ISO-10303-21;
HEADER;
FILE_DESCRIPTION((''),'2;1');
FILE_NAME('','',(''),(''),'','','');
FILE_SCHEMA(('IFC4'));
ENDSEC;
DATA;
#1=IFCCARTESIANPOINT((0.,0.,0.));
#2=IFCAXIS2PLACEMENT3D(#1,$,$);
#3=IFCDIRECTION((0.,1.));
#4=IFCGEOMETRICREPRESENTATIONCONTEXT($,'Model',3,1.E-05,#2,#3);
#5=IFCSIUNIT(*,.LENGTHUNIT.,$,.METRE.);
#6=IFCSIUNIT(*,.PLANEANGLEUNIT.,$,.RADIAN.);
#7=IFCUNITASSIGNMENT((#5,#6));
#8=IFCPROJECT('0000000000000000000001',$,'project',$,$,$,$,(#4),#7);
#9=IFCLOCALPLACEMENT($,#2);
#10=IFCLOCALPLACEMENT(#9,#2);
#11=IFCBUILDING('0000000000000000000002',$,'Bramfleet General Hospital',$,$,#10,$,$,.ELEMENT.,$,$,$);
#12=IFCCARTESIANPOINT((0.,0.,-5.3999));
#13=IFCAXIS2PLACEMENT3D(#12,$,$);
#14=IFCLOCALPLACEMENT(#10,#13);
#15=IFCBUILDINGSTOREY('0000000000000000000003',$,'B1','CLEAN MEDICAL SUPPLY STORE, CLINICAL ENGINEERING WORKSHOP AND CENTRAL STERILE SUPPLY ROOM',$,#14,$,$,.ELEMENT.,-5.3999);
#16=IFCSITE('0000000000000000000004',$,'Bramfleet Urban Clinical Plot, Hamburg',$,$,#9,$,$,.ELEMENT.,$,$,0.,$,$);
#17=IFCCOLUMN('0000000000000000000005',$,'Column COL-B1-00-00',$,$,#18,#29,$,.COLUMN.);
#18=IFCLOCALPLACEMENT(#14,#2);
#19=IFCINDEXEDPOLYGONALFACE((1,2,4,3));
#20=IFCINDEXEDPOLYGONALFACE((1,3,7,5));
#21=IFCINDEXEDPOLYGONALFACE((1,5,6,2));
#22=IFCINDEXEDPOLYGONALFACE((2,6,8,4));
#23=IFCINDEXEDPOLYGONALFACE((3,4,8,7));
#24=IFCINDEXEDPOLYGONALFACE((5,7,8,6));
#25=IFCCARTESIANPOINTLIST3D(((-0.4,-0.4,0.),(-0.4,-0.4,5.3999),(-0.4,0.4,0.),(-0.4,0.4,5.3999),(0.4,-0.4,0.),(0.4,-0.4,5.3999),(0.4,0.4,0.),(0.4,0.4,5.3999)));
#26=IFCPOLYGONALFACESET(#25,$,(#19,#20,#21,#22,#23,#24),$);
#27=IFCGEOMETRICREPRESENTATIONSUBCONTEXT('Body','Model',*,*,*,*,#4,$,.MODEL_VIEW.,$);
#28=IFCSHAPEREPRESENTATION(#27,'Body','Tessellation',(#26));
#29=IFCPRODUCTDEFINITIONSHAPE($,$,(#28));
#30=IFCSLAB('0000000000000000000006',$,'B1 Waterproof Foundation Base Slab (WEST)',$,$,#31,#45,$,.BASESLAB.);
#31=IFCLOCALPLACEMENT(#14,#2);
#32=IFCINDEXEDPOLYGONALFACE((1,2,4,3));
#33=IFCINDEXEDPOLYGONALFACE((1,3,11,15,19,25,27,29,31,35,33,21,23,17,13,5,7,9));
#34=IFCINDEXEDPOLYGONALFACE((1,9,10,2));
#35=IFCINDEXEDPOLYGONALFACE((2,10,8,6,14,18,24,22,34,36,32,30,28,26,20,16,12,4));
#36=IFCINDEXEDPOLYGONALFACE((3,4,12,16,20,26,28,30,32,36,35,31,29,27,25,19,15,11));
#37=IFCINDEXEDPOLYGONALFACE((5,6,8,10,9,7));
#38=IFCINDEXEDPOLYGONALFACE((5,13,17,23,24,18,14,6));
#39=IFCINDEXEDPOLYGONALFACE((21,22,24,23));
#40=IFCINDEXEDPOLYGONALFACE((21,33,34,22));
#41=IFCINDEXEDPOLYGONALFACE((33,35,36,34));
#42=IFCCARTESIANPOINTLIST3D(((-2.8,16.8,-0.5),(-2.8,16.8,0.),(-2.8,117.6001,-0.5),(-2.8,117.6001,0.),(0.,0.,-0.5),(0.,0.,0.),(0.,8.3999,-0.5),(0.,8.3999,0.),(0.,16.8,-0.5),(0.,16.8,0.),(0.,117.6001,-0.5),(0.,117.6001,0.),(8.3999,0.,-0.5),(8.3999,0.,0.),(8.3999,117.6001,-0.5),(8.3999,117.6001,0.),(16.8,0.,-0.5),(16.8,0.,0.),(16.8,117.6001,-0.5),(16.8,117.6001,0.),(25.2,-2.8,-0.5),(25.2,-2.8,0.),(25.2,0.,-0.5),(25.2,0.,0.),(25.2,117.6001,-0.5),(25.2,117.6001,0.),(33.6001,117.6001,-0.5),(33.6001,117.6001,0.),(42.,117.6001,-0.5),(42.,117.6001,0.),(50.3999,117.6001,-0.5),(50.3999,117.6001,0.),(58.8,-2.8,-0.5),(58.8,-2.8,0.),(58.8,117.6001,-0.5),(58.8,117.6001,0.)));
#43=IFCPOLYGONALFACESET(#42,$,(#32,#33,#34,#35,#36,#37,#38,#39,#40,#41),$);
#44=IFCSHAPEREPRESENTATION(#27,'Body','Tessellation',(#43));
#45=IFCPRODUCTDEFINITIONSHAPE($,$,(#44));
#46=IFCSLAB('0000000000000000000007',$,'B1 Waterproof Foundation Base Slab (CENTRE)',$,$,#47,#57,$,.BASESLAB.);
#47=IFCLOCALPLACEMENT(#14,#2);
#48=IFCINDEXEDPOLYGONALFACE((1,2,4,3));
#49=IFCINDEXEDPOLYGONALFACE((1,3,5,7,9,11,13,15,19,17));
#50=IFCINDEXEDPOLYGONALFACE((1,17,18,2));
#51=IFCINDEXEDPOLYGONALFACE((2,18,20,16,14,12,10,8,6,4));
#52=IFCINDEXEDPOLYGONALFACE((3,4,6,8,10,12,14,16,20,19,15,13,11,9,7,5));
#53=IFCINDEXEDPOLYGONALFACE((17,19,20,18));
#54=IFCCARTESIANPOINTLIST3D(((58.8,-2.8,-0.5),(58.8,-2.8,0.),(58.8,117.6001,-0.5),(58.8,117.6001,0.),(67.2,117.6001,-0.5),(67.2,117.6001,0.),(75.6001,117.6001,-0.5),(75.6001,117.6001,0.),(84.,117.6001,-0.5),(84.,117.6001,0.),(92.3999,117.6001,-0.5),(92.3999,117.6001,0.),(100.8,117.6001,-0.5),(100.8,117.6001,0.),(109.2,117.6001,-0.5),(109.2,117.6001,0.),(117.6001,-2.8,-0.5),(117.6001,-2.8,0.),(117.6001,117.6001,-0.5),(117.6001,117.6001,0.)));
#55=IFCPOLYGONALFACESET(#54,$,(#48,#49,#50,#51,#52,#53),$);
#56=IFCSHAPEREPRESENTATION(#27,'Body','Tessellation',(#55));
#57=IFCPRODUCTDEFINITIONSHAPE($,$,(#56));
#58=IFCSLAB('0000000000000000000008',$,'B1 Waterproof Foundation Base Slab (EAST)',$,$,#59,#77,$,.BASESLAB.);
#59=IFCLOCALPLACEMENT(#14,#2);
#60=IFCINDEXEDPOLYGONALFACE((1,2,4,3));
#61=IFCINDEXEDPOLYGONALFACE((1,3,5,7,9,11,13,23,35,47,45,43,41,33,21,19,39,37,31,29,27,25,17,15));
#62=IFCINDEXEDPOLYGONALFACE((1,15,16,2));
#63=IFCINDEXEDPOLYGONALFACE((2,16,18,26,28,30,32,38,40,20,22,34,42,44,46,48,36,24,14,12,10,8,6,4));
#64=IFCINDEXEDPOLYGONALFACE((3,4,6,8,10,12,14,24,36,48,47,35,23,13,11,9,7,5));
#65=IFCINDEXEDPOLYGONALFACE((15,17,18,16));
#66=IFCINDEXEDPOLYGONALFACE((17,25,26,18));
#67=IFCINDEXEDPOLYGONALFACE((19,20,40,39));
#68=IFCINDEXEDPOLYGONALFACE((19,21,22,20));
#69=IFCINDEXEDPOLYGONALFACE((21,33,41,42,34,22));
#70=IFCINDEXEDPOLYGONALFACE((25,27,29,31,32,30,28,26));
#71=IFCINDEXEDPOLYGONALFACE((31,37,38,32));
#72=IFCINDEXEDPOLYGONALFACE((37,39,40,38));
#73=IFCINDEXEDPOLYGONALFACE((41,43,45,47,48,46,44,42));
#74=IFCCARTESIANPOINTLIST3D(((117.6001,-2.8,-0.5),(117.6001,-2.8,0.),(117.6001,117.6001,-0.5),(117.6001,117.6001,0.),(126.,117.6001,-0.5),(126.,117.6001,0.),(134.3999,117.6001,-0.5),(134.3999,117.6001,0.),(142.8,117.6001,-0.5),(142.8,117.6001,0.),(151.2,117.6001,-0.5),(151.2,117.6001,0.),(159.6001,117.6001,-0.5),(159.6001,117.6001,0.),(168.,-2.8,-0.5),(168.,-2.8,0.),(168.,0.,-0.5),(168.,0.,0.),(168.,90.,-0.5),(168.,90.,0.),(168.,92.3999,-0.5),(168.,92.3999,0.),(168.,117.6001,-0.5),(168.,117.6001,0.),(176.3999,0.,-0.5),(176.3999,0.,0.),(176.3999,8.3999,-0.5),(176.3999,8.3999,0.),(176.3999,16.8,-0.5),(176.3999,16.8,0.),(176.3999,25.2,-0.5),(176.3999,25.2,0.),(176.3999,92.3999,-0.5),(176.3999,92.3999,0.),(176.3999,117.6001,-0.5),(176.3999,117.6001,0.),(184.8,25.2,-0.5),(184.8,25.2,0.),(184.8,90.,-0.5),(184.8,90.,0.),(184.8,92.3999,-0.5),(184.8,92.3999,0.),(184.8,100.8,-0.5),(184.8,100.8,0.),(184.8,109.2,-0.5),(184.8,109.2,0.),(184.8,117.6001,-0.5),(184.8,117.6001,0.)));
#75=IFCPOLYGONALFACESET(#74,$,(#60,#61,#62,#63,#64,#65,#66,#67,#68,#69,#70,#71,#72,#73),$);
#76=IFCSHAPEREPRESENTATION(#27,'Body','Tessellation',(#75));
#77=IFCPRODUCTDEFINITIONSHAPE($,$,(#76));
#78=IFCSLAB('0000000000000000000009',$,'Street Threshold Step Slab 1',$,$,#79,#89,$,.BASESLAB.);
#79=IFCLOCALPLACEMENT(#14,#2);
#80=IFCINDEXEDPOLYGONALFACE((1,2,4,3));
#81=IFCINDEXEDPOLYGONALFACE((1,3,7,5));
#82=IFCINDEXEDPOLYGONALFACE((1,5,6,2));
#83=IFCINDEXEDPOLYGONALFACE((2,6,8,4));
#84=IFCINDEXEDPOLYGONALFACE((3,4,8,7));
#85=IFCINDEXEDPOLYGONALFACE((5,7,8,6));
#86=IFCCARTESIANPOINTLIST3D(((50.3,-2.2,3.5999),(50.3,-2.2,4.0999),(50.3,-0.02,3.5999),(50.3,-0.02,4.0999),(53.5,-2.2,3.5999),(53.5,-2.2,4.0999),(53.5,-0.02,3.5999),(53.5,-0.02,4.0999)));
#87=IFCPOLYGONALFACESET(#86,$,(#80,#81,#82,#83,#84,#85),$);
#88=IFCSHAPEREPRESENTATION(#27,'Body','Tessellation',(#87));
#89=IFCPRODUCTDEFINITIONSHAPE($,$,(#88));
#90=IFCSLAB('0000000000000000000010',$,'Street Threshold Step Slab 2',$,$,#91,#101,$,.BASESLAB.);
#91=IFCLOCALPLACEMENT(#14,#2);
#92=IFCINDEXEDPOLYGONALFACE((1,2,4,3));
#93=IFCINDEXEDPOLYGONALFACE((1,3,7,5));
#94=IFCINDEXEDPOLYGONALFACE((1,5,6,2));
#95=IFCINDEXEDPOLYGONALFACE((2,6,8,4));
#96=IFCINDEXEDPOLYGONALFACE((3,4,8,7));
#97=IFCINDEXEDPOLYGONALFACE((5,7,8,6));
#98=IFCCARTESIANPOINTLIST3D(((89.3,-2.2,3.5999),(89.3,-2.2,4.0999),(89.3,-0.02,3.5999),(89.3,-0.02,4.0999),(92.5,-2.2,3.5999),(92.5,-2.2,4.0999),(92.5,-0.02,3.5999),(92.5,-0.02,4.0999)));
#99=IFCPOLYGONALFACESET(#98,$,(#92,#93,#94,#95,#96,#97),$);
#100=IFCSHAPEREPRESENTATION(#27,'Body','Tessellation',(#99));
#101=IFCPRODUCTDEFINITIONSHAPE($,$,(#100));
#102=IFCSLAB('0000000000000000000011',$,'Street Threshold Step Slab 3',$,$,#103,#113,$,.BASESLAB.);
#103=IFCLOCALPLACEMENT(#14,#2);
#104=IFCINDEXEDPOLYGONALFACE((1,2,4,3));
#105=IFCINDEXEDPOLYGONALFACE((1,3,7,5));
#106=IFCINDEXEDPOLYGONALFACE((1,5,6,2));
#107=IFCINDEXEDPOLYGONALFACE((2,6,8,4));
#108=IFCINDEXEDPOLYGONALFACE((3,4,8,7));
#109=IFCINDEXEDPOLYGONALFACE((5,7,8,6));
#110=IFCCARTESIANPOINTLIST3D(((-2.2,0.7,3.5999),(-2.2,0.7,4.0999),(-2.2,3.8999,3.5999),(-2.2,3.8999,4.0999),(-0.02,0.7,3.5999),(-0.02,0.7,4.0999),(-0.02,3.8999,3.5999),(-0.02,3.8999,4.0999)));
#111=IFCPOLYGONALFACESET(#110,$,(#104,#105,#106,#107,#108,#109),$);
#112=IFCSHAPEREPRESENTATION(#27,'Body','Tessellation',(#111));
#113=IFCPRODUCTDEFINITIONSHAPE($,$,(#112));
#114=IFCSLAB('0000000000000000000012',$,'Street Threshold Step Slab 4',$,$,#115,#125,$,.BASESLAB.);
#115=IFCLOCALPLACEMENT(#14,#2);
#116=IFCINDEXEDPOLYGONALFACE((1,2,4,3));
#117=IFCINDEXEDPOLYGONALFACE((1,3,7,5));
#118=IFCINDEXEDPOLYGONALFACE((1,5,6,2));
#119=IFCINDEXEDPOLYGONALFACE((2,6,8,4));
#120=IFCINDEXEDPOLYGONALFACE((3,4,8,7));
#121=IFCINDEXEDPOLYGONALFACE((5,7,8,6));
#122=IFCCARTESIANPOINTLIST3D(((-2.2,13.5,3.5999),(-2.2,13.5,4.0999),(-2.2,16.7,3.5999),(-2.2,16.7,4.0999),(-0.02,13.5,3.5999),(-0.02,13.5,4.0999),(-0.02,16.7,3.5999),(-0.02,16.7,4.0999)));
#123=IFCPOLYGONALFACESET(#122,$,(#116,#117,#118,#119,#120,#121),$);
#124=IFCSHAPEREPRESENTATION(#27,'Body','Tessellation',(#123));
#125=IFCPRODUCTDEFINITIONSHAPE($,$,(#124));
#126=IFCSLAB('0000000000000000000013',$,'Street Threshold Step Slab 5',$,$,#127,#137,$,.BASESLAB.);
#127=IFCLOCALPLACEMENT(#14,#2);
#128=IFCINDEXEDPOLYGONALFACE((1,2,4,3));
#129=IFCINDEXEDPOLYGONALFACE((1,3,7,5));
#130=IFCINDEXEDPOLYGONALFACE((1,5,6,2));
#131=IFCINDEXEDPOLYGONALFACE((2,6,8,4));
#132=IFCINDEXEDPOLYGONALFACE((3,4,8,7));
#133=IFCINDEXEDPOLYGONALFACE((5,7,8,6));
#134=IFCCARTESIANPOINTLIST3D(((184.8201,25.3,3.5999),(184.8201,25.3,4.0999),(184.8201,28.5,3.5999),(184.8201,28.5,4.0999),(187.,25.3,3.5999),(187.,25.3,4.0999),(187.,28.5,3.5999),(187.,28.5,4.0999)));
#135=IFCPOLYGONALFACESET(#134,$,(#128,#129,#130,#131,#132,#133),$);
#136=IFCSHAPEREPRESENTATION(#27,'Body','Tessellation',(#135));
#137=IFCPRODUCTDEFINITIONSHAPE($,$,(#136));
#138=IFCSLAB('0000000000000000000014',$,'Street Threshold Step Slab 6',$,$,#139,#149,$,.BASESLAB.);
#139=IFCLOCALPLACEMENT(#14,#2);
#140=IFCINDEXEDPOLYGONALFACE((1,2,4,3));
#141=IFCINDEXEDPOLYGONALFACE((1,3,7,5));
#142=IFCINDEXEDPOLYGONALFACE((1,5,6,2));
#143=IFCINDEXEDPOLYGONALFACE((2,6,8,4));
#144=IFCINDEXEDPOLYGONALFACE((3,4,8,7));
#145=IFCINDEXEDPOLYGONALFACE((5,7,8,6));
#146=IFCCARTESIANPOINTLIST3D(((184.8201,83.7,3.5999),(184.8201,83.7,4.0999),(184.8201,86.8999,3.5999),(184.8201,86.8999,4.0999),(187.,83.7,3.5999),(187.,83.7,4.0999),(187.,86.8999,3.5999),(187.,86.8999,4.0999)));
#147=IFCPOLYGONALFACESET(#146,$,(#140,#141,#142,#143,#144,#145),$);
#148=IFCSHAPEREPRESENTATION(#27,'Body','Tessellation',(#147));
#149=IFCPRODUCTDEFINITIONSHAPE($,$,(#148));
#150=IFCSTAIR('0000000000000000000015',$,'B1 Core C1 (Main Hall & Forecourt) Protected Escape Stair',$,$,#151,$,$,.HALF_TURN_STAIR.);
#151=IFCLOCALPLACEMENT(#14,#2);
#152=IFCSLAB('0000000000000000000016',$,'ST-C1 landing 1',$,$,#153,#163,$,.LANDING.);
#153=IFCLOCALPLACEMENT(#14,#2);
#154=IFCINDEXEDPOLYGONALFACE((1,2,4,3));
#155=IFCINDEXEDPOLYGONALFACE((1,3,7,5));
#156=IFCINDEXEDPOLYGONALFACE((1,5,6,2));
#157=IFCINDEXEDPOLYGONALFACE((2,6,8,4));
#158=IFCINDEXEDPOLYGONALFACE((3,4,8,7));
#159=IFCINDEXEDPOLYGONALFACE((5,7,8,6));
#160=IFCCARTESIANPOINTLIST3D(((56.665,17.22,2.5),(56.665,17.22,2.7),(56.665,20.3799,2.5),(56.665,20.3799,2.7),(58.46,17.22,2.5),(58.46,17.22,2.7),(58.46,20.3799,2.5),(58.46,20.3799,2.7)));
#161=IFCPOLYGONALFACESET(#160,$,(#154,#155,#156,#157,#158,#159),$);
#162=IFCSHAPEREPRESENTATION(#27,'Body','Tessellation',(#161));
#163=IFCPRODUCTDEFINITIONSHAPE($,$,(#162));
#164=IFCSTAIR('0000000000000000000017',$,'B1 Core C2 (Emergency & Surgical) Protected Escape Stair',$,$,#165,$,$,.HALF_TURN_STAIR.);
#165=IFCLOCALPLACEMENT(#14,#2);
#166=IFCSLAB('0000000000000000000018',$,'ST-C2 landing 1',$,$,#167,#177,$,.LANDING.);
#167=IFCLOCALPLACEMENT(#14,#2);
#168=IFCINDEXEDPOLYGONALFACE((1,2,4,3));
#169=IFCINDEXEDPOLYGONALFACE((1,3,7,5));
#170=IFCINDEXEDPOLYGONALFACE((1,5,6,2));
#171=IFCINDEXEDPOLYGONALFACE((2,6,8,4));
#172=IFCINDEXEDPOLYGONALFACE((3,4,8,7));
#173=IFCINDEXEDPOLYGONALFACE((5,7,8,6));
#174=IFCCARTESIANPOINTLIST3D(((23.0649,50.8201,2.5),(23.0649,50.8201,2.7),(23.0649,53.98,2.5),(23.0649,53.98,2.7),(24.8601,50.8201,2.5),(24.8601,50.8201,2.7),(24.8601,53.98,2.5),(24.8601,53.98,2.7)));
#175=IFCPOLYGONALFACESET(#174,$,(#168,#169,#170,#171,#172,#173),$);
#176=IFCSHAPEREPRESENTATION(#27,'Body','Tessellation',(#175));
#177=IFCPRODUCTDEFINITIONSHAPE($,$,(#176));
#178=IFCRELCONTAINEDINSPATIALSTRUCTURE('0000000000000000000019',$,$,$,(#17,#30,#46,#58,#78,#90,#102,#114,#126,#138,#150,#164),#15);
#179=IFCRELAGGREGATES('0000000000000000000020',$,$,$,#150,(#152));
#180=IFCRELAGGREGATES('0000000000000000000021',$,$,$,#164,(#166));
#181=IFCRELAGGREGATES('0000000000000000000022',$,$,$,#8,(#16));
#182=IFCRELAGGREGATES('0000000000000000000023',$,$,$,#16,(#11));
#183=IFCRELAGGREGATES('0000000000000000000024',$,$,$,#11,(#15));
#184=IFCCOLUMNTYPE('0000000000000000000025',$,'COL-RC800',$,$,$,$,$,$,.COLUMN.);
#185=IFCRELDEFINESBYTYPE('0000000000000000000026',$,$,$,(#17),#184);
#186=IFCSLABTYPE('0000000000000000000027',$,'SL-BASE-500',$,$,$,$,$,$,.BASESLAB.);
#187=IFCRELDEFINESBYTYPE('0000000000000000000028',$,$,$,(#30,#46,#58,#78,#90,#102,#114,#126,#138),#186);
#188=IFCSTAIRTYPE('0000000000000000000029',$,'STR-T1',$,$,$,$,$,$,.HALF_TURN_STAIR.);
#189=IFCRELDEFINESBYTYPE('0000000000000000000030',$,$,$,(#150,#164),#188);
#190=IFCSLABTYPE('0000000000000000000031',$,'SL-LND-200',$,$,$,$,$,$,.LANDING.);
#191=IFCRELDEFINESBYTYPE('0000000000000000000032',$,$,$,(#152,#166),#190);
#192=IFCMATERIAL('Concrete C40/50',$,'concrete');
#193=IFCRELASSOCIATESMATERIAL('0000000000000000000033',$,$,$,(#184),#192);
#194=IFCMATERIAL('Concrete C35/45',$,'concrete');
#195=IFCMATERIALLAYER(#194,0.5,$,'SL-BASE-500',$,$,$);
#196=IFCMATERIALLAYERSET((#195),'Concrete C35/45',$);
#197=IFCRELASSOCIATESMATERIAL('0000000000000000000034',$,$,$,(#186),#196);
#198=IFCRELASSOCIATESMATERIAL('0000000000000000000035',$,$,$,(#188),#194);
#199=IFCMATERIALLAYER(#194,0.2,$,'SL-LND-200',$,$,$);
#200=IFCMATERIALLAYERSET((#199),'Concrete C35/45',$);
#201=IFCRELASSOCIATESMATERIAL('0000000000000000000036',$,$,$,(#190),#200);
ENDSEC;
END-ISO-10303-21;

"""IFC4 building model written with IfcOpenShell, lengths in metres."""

from ifc_helpers import new_model, si_unit, direction, frame, origin, origin_with_axes, origin_2d, place, context, subcontext, project, spatial, polyline, rectangle, outline, extrude, material, layer, layer_set, material_profile, profile_set, type_object, element, aggregate, save


model = new_model("IFC4")

# Units and contexts
model_context = context("Model", 3, precision=1e-05, world=origin(), true_north=direction((0.0, 1.0)))
body_context = subcontext(model_context, "Body", "Model", "MODEL_VIEW")
ifc_project = project(units=[si_unit("LENGTHUNIT", "METRE"), si_unit("PLANEANGLEUNIT", "RADIAN")], contexts=[model_context])

# Site, building, storey
site_placement = place(None, origin())
site = spatial("IfcSite", under=ifc_project, at=site_placement, Name="Bramfleet Urban Clinical Plot, Hamburg", CompositionType="ELEMENT", RefElevation=0.0)
building_placement = place(site_placement, origin())
building = spatial("IfcBuilding", under=site, at=building_placement, Name="Bramfleet General Hospital", CompositionType="ELEMENT")
storey_placement = place(building_placement, frame((0.0, 0.0, -5.3999)))
storey = spatial("IfcBuildingStorey", under=building, at=storey_placement, Name="B1", Description="CLEAN MEDICAL SUPPLY STORE, CLINICAL ENGINEERING WORKSHOP AND CENTRAL STERILE SUPPLY ROOM", CompositionType="ELEMENT", Elevation=-5.3999)

# Shared definitions
ifc_material_1 = material(Name="Concrete C35/45", Category="concrete")

# Column
ifc_material_2 = material(Name="Concrete C40/50", Category="concrete")
ifc_material_profile_1 = material_profile(ifc_material_2, rectangle(XDim=0.8, YDim=0.8, at=origin_2d()), Name="RC COL 800x800")
ifc_profile_set_1 = profile_set([ifc_material_profile_1], Name="Concrete C40/50")
column_type_1 = type_object("IfcColumnType", Name="COL-RC800", PredefinedType="COLUMN", material=ifc_profile_set_1)
column_placement = place(storey_placement, origin_with_axes())
element("IfcColumn", 1, at=column_placement, inside=storey, type_object=column_type_1, Name="Column COL-B1-00-00", PredefinedType="COLUMN", context=body_context, shape_type="SweptSolid", body=[
    extrude(rectangle(XDim=0.8, YDim=0.8, at=origin_2d()), origin(), (0.0, 0.0, 1.0), 5.3999),
])

# Slabs
ifc_layer_1 = layer(ifc_material_1, 0.5, Name="SL-BASE-500")
ifc_layer_set_1 = layer_set([ifc_layer_1], Name="Concrete C35/45")
slab_type_1 = type_object("IfcSlabType", Name="SL-BASE-500", PredefinedType="BASESLAB", material=ifc_layer_set_1)
slab_1_placement = place(storey_placement, frame((0.0, 0.0, -0.5)))
element("IfcSlab", 2, at=slab_1_placement, inside=storey, type_object=slab_type_1, Name="B1 Waterproof Foundation Base Slab (WEST)", PredefinedType="BASESLAB", context=body_context, shape_type="SweptSolid", body=[
    extrude(outline(polyline([(25.2, -2.8), (25.2, 0.0), (16.8, 0.0), (8.3999, 0.0), (0.0, 0.0), (0.0, 8.3999), (0.0, 16.8), (-2.8, 16.8), (-2.8, 117.6001), (0.0, 117.6001), (8.3999, 117.6001), (16.8, 117.6001), (25.2, 117.6001), (33.6001, 117.6001), (42.0, 117.6001), (50.3999, 117.6001), (58.8, 117.6001), (58.8, -2.8), (25.2, -2.8)])), origin(), (0.0, 0.0, 1.0), 0.5),
])
slab_2_placement = place(storey_placement, frame((0.0, 0.0, -0.5)))
element("IfcSlab", 3, at=slab_2_placement, inside=storey, type_object=slab_type_1, Name="B1 Waterproof Foundation Base Slab (CENTRE)", PredefinedType="BASESLAB", context=body_context, shape_type="SweptSolid", body=[
    extrude(outline(polyline([(58.8, -2.8), (58.8, 117.6001), (67.2, 117.6001), (75.6001, 117.6001), (84.0, 117.6001), (92.3999, 117.6001), (100.8, 117.6001), (109.2, 117.6001), (117.6001, 117.6001), (117.6001, -2.8), (58.8, -2.8)])), origin(), (0.0, 0.0, 1.0), 0.5),
])
slab_3_placement = place(storey_placement, frame((0.0, 0.0, -0.5)))
element("IfcSlab", 4, at=slab_3_placement, inside=storey, type_object=slab_type_1, Name="B1 Waterproof Foundation Base Slab (EAST)", PredefinedType="BASESLAB", context=body_context, shape_type="SweptSolid", body=[
    extrude(outline(polyline([(117.6001, -2.8), (117.6001, 117.6001), (126.0, 117.6001), (134.3999, 117.6001), (142.8, 117.6001), (151.2, 117.6001), (159.6001, 117.6001), (168.0, 117.6001), (176.3999, 117.6001), (184.8, 117.6001), (184.8, 109.2), (184.8, 100.8), (184.8, 92.3999), (176.3999, 92.3999), (168.0, 92.3999), (168.0, 90.0), (184.8, 90.0), (184.8, 25.2), (176.3999, 25.2), (176.3999, 16.8), (176.3999, 8.3999), (176.3999, 0.0), (168.0, 0.0), (168.0, -2.8), (117.6001, -2.8)])), origin(), (0.0, 0.0, 1.0), 0.5),
])
slab_4_placement = place(storey_placement, frame((0.0, 0.0, 3.5999)))
element("IfcSlab", 5, at=slab_4_placement, inside=storey, type_object=slab_type_1, Name="Street Threshold Step Slab 1", PredefinedType="BASESLAB", context=body_context, shape_type="SweptSolid", body=[
    extrude(outline(polyline([(50.3, -2.2), (53.5, -2.2), (53.5, -0.02), (50.3, -0.02), (50.3, -2.2)])), origin(), (0.0, 0.0, 1.0), 0.5),
])
slab_5_placement = place(storey_placement, frame((0.0, 0.0, 3.5999)))
element("IfcSlab", 6, at=slab_5_placement, inside=storey, type_object=slab_type_1, Name="Street Threshold Step Slab 2", PredefinedType="BASESLAB", context=body_context, shape_type="SweptSolid", body=[
    extrude(outline(polyline([(89.3, -2.2), (92.5, -2.2), (92.5, -0.02), (89.3, -0.02), (89.3, -2.2)])), origin(), (0.0, 0.0, 1.0), 0.5),
])
slab_6_placement = place(storey_placement, frame((0.0, 0.0, 3.5999)))
element("IfcSlab", 7, at=slab_6_placement, inside=storey, type_object=slab_type_1, Name="Street Threshold Step Slab 3", PredefinedType="BASESLAB", context=body_context, shape_type="SweptSolid", body=[
    extrude(outline(polyline([(-2.2, 0.7), (-0.02, 0.7), (-0.02, 3.8999), (-2.2, 3.8999), (-2.2, 0.7)])), origin(), (0.0, 0.0, 1.0), 0.5),
])
slab_7_placement = place(storey_placement, frame((0.0, 0.0, 3.5999)))
element("IfcSlab", 8, at=slab_7_placement, inside=storey, type_object=slab_type_1, Name="Street Threshold Step Slab 4", PredefinedType="BASESLAB", context=body_context, shape_type="SweptSolid", body=[
    extrude(outline(polyline([(-2.2, 13.5), (-0.02, 13.5), (-0.02, 16.7), (-2.2, 16.7), (-2.2, 13.5)])), origin(), (0.0, 0.0, 1.0), 0.5),
])
slab_8_placement = place(storey_placement, frame((0.0, 0.0, 3.5999)))
element("IfcSlab", 9, at=slab_8_placement, inside=storey, type_object=slab_type_1, Name="Street Threshold Step Slab 5", PredefinedType="BASESLAB", context=body_context, shape_type="SweptSolid", body=[
    extrude(outline(polyline([(184.8201, 25.3), (187.0, 25.3), (187.0, 28.5), (184.8201, 28.5), (184.8201, 25.3)])), origin(), (0.0, 0.0, 1.0), 0.5),
])
slab_9_placement = place(storey_placement, frame((0.0, 0.0, 3.5999)))
element("IfcSlab", 10, at=slab_9_placement, inside=storey, type_object=slab_type_1, Name="Street Threshold Step Slab 6", PredefinedType="BASESLAB", context=body_context, shape_type="SweptSolid", body=[
    extrude(outline(polyline([(184.8201, 83.7), (187.0, 83.7), (187.0, 86.8999), (184.8201, 86.8999), (184.8201, 83.7)])), origin(), (0.0, 0.0, 1.0), 0.5),
])

# Stairs, slabs
stair_type = type_object("IfcStairType", Name="STR-T1", PredefinedType="HALF_TURN_STAIR", material=ifc_material_1)
stair_1_placement = place(storey_placement, origin())
stair_1 = element("IfcStair", 11, at=stair_1_placement, inside=storey, type_object=stair_type, Name="B1 Core C1 (Main Hall & Forecourt) Protected Escape Stair", PredefinedType="HALF_TURN_STAIR")
ifc_layer_2 = layer(ifc_material_1, 0.2, Name="SL-LND-200")
ifc_layer_set_2 = layer_set([ifc_layer_2], Name="Concrete C35/45")
slab_type_2 = type_object("IfcSlabType", Name="SL-LND-200", PredefinedType="LANDING", material=ifc_layer_set_2)
slab_10_placement = place(storey_placement, frame((0.0, 0.0, 2.5)))
slab_10 = element("IfcSlab", 12, at=slab_10_placement, type_object=slab_type_2, Name="ST-C1 landing 1", PredefinedType="LANDING", context=body_context, shape_type="SweptSolid", body=[
    extrude(outline(polyline([(56.665, 17.22), (58.46, 17.22), (58.46, 20.3799), (56.665, 20.3799), (56.665, 17.22)])), origin(), (0.0, 0.0, 1.0), 0.2),
])
aggregate(stair_1, [slab_10])
stair_2_placement = place(storey_placement, origin())
stair_2 = element("IfcStair", 13, at=stair_2_placement, inside=storey, type_object=stair_type, Name="B1 Core C2 (Emergency & Surgical) Protected Escape Stair", PredefinedType="HALF_TURN_STAIR")
slab_11_placement = place(storey_placement, frame((0.0, 0.0, 2.5)))
slab_11 = element("IfcSlab", 14, at=slab_11_placement, type_object=slab_type_2, Name="ST-C2 landing 1", PredefinedType="LANDING", context=body_context, shape_type="SweptSolid", body=[
    extrude(outline(polyline([(23.0649, 50.8201), (24.8601, 50.8201), (24.8601, 53.98), (23.0649, 53.98), (23.0649, 50.8201)])), origin(), (0.0, 0.0, 1.0), 0.2),
])
aggregate(stair_2, [slab_11])

save(model, "model.ifc")
